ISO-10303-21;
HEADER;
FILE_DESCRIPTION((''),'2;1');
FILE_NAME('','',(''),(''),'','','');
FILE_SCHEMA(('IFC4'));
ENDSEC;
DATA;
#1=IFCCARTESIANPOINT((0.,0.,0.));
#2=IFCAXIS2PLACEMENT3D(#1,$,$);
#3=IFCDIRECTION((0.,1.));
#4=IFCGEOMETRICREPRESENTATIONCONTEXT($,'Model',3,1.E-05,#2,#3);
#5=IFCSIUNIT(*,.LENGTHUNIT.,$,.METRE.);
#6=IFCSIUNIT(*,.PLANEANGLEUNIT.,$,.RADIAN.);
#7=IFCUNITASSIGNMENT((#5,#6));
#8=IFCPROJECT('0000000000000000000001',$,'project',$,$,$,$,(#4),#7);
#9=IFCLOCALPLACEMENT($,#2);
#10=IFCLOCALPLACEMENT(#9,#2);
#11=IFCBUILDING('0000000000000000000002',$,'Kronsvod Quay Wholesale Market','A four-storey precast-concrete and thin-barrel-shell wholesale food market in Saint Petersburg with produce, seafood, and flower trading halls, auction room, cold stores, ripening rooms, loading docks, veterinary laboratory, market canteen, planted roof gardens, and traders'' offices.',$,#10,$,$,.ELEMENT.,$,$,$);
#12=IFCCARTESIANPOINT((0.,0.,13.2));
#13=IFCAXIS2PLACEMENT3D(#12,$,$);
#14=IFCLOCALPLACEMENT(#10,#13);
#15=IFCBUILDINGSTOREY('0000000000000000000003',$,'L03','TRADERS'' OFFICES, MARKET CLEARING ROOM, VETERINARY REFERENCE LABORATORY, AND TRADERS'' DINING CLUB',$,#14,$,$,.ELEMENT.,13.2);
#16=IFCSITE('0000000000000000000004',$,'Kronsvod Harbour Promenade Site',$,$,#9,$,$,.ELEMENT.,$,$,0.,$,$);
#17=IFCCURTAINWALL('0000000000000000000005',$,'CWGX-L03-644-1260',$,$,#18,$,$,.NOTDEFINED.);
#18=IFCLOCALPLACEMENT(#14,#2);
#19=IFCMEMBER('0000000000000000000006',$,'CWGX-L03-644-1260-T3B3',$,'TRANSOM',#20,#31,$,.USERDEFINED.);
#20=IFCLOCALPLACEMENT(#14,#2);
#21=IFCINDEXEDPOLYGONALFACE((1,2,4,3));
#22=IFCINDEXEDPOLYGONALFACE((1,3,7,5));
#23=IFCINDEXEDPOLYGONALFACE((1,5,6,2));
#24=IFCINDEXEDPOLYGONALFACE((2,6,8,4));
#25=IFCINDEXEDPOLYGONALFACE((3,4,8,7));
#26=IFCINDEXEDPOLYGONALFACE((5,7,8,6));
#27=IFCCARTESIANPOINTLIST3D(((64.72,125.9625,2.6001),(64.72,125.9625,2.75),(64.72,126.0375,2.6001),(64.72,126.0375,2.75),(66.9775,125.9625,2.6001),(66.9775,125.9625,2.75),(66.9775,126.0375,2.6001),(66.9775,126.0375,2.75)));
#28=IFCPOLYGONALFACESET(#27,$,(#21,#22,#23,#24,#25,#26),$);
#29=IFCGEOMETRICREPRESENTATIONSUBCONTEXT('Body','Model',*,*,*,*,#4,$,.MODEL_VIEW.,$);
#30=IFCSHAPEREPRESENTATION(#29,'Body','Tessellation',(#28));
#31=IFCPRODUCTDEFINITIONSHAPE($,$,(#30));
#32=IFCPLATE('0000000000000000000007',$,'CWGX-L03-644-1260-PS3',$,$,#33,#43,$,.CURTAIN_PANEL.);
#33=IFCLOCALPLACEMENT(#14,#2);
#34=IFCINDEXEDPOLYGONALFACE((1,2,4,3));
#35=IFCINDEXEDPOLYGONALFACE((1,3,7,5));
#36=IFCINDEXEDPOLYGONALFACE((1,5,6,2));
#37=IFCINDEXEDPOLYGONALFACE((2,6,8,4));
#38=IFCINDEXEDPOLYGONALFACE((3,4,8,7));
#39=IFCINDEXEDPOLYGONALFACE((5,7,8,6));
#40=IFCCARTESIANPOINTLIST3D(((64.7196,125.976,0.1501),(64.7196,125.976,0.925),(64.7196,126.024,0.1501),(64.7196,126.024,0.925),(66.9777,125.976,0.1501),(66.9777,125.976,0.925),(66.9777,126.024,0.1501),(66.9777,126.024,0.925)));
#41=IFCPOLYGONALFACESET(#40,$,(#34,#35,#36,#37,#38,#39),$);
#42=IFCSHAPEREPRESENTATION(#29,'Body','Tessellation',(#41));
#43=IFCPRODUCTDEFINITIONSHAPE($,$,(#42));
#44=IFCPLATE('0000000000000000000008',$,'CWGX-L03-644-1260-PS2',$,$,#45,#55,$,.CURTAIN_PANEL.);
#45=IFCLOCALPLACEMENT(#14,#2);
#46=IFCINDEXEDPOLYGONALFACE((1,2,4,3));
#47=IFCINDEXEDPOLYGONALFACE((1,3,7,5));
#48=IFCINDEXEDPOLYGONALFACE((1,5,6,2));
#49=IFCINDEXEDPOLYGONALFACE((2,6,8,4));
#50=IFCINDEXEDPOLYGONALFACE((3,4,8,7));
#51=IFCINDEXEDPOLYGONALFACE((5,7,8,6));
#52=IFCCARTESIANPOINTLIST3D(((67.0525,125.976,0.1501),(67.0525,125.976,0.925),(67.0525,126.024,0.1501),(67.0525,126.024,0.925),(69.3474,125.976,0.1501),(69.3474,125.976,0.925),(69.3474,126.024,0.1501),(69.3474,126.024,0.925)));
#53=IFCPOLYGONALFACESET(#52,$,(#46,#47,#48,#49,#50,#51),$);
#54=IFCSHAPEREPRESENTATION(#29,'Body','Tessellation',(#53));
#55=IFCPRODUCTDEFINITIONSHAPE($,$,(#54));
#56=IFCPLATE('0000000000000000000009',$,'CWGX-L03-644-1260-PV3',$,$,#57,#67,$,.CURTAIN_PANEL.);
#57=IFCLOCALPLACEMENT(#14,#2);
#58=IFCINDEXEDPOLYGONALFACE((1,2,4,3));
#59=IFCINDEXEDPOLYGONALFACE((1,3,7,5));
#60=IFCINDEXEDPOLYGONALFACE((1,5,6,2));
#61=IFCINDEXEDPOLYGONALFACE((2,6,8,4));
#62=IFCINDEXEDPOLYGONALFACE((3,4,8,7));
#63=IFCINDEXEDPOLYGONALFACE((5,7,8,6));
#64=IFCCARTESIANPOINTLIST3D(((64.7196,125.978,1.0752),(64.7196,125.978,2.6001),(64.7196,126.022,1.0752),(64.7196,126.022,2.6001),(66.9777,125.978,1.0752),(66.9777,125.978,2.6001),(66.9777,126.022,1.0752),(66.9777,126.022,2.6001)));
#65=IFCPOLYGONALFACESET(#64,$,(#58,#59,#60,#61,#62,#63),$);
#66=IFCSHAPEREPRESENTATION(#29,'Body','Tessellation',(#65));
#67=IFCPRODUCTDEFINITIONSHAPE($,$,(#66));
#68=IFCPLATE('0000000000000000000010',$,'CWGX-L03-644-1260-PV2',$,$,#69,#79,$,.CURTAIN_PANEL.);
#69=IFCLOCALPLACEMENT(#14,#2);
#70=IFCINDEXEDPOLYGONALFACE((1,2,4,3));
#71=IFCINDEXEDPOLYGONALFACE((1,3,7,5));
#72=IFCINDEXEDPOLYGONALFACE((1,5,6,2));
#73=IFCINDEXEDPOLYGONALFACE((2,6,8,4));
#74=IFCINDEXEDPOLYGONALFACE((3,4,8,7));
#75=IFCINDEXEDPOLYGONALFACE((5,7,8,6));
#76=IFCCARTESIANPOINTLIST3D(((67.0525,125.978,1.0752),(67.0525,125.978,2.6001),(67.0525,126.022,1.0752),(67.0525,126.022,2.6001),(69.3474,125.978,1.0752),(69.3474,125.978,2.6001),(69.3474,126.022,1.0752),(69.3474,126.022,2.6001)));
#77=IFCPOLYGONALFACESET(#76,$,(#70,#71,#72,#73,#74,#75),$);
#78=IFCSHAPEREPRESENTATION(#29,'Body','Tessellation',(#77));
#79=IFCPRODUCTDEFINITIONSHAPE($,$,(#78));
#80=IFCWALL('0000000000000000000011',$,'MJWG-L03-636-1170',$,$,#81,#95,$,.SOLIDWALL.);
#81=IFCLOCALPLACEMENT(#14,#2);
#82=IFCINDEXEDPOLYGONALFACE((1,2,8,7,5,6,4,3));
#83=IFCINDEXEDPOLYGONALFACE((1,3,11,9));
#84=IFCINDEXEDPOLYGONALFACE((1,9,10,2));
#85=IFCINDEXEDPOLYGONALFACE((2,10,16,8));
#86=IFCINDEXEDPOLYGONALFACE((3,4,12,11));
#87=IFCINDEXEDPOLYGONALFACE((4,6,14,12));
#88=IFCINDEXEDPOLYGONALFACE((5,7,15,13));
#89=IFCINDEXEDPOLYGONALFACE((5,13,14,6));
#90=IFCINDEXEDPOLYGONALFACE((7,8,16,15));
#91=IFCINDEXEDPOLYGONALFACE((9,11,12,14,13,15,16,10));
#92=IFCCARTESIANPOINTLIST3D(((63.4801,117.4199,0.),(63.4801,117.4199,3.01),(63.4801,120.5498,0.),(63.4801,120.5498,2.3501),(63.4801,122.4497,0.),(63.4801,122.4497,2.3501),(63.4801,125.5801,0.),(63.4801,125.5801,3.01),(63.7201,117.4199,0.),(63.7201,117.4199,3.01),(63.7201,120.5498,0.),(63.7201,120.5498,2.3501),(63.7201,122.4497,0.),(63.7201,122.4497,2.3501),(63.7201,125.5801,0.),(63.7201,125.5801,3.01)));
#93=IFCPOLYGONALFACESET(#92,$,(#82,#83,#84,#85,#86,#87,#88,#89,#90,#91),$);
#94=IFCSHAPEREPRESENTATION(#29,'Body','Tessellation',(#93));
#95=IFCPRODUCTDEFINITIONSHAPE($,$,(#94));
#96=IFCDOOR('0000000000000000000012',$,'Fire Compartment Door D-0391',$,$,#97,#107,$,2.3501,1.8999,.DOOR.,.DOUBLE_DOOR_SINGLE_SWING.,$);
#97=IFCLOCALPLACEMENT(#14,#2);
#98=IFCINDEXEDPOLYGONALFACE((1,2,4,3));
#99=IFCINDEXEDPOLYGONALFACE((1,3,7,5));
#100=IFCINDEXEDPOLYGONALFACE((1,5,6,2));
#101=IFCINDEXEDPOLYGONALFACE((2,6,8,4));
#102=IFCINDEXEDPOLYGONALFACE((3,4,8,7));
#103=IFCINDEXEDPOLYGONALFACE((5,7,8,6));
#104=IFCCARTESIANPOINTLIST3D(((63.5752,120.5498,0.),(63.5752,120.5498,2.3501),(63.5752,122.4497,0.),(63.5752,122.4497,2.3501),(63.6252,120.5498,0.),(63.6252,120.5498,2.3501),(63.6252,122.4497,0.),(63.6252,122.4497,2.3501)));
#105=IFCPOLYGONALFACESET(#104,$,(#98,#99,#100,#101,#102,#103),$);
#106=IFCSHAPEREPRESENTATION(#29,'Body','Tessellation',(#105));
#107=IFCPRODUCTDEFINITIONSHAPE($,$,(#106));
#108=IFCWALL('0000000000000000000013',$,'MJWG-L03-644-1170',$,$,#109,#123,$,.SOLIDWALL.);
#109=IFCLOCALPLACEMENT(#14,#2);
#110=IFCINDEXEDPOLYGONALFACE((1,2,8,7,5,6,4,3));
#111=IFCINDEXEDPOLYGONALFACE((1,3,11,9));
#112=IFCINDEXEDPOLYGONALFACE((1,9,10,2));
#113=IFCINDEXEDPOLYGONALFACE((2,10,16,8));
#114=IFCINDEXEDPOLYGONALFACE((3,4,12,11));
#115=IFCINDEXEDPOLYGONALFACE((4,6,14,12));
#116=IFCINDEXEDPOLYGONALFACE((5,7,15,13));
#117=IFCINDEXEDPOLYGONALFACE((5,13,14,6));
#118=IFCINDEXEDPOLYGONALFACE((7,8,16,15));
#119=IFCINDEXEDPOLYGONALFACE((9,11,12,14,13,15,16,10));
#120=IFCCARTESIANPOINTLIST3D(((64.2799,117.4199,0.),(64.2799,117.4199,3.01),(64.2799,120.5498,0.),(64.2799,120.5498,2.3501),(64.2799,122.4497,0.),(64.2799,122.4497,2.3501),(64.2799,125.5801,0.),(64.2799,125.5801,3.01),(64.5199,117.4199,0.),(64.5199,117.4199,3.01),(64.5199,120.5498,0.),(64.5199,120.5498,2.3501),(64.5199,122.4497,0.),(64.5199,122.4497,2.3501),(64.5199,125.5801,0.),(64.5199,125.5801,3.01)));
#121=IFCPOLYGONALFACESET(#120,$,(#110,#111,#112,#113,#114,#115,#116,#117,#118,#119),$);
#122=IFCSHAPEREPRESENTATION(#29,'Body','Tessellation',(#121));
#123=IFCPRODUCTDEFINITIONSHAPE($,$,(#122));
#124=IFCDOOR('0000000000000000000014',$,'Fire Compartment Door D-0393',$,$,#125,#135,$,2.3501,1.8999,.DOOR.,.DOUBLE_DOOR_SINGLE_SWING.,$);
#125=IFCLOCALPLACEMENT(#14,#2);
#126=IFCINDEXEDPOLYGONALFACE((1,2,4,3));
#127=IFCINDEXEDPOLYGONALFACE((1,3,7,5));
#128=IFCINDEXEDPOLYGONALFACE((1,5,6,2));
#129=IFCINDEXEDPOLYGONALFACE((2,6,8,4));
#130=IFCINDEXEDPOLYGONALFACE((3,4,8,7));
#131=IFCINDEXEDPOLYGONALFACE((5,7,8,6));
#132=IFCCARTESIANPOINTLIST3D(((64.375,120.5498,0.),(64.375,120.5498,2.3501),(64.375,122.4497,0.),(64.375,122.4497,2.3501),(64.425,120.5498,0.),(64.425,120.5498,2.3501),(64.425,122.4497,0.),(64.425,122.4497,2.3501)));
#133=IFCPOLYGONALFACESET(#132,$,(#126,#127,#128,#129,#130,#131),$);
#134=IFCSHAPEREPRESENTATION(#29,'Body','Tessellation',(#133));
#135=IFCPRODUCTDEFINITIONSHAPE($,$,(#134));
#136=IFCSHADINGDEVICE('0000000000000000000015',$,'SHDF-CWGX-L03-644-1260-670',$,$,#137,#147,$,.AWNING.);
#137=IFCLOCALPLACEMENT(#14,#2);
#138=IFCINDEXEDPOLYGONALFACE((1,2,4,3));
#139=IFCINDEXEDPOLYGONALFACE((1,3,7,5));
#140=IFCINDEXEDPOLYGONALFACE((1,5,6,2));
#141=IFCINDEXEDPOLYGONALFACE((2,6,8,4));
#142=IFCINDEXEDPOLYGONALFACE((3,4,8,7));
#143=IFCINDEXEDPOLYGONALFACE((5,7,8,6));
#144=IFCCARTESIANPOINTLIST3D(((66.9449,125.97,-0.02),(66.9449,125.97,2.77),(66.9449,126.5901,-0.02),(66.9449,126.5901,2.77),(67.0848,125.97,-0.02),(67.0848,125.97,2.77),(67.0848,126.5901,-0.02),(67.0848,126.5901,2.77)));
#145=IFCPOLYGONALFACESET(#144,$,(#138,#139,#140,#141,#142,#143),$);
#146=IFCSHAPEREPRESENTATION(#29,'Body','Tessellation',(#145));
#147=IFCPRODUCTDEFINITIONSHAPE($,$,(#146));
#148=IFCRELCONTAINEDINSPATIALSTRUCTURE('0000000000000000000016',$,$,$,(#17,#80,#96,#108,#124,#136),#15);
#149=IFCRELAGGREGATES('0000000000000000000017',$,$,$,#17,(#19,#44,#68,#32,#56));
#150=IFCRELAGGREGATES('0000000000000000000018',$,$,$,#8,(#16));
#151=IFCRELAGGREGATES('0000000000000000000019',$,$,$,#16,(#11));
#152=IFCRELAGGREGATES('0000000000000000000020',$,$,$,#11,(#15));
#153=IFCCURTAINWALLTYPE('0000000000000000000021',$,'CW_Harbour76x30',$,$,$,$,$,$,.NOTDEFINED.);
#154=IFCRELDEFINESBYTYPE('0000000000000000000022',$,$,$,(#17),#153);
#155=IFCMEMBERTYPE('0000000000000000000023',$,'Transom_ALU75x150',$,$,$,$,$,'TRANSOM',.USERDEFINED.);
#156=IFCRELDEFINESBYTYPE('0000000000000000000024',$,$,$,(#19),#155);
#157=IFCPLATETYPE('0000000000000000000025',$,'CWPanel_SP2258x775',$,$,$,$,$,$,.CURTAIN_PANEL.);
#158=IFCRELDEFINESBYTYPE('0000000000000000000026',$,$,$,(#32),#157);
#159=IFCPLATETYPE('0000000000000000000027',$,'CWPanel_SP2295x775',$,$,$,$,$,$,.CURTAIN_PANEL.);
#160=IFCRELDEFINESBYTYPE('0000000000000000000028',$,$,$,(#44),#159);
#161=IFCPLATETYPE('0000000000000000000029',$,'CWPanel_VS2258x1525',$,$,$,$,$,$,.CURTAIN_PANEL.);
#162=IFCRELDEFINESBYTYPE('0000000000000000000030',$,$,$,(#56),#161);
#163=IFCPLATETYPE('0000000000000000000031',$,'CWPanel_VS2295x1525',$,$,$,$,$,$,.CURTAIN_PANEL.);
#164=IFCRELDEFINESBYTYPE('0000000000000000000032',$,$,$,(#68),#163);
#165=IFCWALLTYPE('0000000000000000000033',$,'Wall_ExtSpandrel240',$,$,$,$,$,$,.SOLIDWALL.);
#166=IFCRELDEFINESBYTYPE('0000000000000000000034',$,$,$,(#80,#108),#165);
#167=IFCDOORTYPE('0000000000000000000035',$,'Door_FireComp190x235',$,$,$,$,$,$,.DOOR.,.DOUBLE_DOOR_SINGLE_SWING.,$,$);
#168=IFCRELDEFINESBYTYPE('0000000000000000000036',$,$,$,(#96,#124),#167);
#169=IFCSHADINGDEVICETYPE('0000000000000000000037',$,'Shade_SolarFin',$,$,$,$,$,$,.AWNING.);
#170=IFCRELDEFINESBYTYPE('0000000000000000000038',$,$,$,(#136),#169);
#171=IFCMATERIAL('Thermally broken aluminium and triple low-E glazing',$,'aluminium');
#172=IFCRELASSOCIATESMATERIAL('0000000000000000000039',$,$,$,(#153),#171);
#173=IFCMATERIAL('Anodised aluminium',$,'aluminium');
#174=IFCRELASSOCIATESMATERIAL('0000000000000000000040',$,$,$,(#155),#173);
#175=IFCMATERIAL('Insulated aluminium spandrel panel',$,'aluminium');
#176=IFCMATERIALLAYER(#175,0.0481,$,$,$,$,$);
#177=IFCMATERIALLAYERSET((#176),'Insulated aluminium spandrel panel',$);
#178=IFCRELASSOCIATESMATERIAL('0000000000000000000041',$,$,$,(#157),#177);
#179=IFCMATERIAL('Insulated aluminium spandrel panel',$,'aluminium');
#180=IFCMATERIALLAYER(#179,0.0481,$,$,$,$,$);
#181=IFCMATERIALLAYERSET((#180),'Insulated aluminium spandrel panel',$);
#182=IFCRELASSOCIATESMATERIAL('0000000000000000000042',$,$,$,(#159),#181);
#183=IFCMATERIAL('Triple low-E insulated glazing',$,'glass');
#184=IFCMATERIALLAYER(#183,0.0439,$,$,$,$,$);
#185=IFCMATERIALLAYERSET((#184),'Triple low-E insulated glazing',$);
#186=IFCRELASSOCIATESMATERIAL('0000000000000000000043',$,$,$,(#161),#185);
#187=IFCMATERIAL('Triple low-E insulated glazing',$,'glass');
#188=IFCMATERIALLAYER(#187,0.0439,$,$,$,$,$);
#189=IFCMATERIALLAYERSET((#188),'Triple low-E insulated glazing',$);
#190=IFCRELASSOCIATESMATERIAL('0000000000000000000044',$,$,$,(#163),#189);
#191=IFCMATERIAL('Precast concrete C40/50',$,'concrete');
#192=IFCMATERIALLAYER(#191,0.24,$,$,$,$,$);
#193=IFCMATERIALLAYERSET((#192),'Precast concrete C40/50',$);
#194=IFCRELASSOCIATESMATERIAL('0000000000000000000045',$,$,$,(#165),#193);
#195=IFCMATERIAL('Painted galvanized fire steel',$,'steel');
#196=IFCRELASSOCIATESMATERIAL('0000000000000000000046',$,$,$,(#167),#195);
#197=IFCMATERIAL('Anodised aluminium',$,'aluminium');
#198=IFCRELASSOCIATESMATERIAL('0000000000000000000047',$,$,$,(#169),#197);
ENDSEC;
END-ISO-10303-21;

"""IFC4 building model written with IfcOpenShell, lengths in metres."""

from ifc_helpers import new_model, si_unit, direction, frame, frame_2d, origin, origin_2d, place, context, subcontext, project, spatial, rectangle, extrude, material, layer, layer_set, material_profile, profile_set, type_object, element, fill, aggregate, save


model = new_model("IFC4")

# Units and contexts
model_context = context("Model", 3, precision=1e-05, world=origin(), true_north=direction((0.0, 1.0)))
body_context = subcontext(model_context, "Body", "Model", "MODEL_VIEW")
ifc_project = project(units=[si_unit("LENGTHUNIT", "METRE"), si_unit("PLANEANGLEUNIT", "RADIAN")], contexts=[model_context])

# Site, building, storey
site_placement = place(None, origin())
site = spatial("IfcSite", under=ifc_project, at=site_placement, Name="Kronsvod Harbour Promenade Site", CompositionType="ELEMENT", RefElevation=0.0)
building_placement = place(site_placement, origin())
building = spatial("IfcBuilding", under=site, at=building_placement, Name="Kronsvod Quay Wholesale Market", Description="A four-storey precast-concrete and thin-barrel-shell wholesale food market in Saint Petersburg with produce, seafood, and flower trading halls, auction room, cold stores, ripening rooms, loading docks, veterinary laboratory, market canteen, planted roof gardens, and traders' offices.", CompositionType="ELEMENT")
storey_placement = place(building_placement, frame((0.0, 0.0, 13.2)))
storey = spatial("IfcBuildingStorey", under=building, at=storey_placement, Name="L03", Description="TRADERS' OFFICES, MARKET CLEARING ROOM, VETERINARY REFERENCE LABORATORY, AND TRADERS' DINING CLUB", CompositionType="ELEMENT", Elevation=13.2)

# Shared definitions
ifc_material_1 = material(Name="Thermally broken aluminium and triple low-E glazing", Category="aluminium")
curtain_wall_type = type_object("IfcCurtainWallType", Name="CW_Harbour76x30", PredefinedType="NOTDEFINED", material=ifc_material_1)

# Curtain wall
curtain_wall_1_placement = place(storey_placement, origin())
curtain_wall_1 = element("IfcCurtainWall", 1, at=curtain_wall_1_placement, inside=storey, type_object=curtain_wall_type, Name="CWGX-L03-644-1260", PredefinedType="NOTDEFINED")

# Member
ifc_material_2 = material(Name="Anodised aluminium", Category="aluminium")
ifc_material_profile_1 = material_profile(ifc_material_2, rectangle(XDim=0.075, YDim=0.1499, at=origin_2d()), Name="ALUT75x150")
ifc_profile_set_1 = profile_set([ifc_material_profile_1], Name="Anodised aluminium")
member_type_1 = type_object("IfcMemberType", Name="Transom_ALU75x150", ElementType="TRANSOM", PredefinedType="USERDEFINED", material=ifc_profile_set_1)
member_1_placement = place(storey_placement, frame((66.9775, 126.0, 2.675), z_axis=(-1.0, 0.0, 0.0), x_axis=(0.0, -1.0, 0.0)))
member_1 = element("IfcMember", 2, at=member_1_placement, type_object=member_type_1, Name="CWGX-L03-644-1260-T3B3", ObjectType="TRANSOM", PredefinedType="USERDEFINED", context=body_context, shape_type="SweptSolid", body=[
    extrude(rectangle(XDim=0.075, YDim=0.1499, at=origin_2d()), origin(), (0.0, 0.0, 1.0), 2.2576),
])

# Plates
ifc_material_3 = material(Name="Insulated aluminium spandrel panel", Category="aluminium")
ifc_layer_1 = layer(ifc_material_3, 0.0481)
ifc_layer_set_1 = layer_set([ifc_layer_1], Name="Insulated aluminium spandrel panel")
plate_type_1 = type_object("IfcPlateType", Name="CWPanel_SP2258x775", PredefinedType="CURTAIN_PANEL", material=ifc_layer_set_1)
plate_1_placement = place(storey_placement, frame((65.8486, 126.0, 0.1501), z_axis=(0.0, 0.0, 1.0), x_axis=(-1.0, 0.0, 0.0)))
plate_1 = element("IfcPlate", 3, at=plate_1_placement, type_object=plate_type_1, Name="CWGX-L03-644-1260-PS3", PredefinedType="CURTAIN_PANEL", context=body_context, shape_type="SweptSolid", body=[
    extrude(rectangle(XDim=2.2581, YDim=0.0481, at=origin_2d()), origin(), (0.0, 0.0, 1.0), 0.7749),
])
ifc_material_4 = material(Name="Insulated aluminium spandrel panel", Category="aluminium")
ifc_layer_2 = layer(ifc_material_4, 0.0481)
ifc_layer_set_2 = layer_set([ifc_layer_2], Name="Insulated aluminium spandrel panel")
plate_type_2 = type_object("IfcPlateType", Name="CWPanel_SP2295x775", PredefinedType="CURTAIN_PANEL", material=ifc_layer_set_2)
plate_2_placement = place(storey_placement, frame((68.2, 126.0, 0.1501), z_axis=(0.0, 0.0, 1.0), x_axis=(-1.0, 0.0, 0.0)))
plate_2 = element("IfcPlate", 4, at=plate_2_placement, type_object=plate_type_2, Name="CWGX-L03-644-1260-PS2", PredefinedType="CURTAIN_PANEL", context=body_context, shape_type="SweptSolid", body=[
    extrude(rectangle(XDim=2.2949, YDim=0.0481, at=origin_2d()), origin(), (0.0, 0.0, 1.0), 0.7749),
])
ifc_material_5 = material(Name="Triple low-E insulated glazing", Category="glass")
ifc_layer_3 = layer(ifc_material_5, 0.0439)
ifc_layer_set_3 = layer_set([ifc_layer_3], Name="Triple low-E insulated glazing")
plate_type_3 = type_object("IfcPlateType", Name="CWPanel_VS2258x1525", PredefinedType="CURTAIN_PANEL", material=ifc_layer_set_3)
plate_3_placement = place(storey_placement, frame((65.8486, 126.0, 1.0752), z_axis=(0.0, 0.0, 1.0), x_axis=(-1.0, 0.0, 0.0)))
plate_3 = element("IfcPlate", 5, at=plate_3_placement, type_object=plate_type_3, Name="CWGX-L03-644-1260-PV3", PredefinedType="CURTAIN_PANEL", context=body_context, shape_type="SweptSolid", body=[
    extrude(rectangle(XDim=2.2581, YDim=0.0439, at=origin_2d()), origin(), (0.0, 0.0, 1.0), 1.5249),
])
ifc_material_6 = material(Name="Triple low-E insulated glazing", Category="glass")
ifc_layer_4 = layer(ifc_material_6, 0.0439)
ifc_layer_set_4 = layer_set([ifc_layer_4], Name="Triple low-E insulated glazing")
plate_type_4 = type_object("IfcPlateType", Name="CWPanel_VS2295x1525", PredefinedType="CURTAIN_PANEL", material=ifc_layer_set_4)
plate_4_placement = place(storey_placement, frame((68.2, 126.0, 1.0752), z_axis=(0.0, 0.0, 1.0), x_axis=(-1.0, 0.0, 0.0)))
plate_4 = element("IfcPlate", 6, at=plate_4_placement, type_object=plate_type_4, Name="CWGX-L03-644-1260-PV2", PredefinedType="CURTAIN_PANEL", context=body_context, shape_type="SweptSolid", body=[
    extrude(rectangle(XDim=2.2949, YDim=0.0439, at=origin_2d()), origin(), (0.0, 0.0, 1.0), 1.5249),
])
aggregate(curtain_wall_1, [member_1, plate_2, plate_4, plate_1, plate_3])

# Walls, openings, doors
ifc_material_7 = material(Name="Precast concrete C40/50", Category="concrete")
ifc_layer_5 = layer(ifc_material_7, 0.24)
ifc_layer_set_5 = layer_set([ifc_layer_5], Name="Precast concrete C40/50")
wall_type = type_object("IfcWallType", Name="Wall_ExtSpandrel240", PredefinedType="SOLIDWALL", material=ifc_layer_set_5)
wall_1_placement = place(storey_placement, frame((63.6001, 117.4199, 0.0), z_axis=(0.0, 0.0, 1.0), x_axis=(0.0, 1.0, 0.0)))
wall_1 = element("IfcWall", 7, at=wall_1_placement, inside=storey, type_object=wall_type, Name="MJWG-L03-636-1170", PredefinedType="SOLIDWALL", context=body_context, shape_type="SweptSolid", body=[
    extrude(rectangle(XDim=8.1602, YDim=0.24, at=frame_2d((4.0801, 0.0))), origin(), (0.0, 0.0, 1.0), 3.01),
])
opening_1_placement = place(wall_1_placement, frame((3.1299, 0.0, 0.0)))
opening_1 = element("IfcOpeningElement", 8, at=opening_1_placement, cuts=wall_1, PredefinedType="OPENING", context=body_context, shape_type="SweptSolid", body=[
    extrude(rectangle(XDim=1.8999, YDim=2.3501, at=frame_2d((0.95, 1.175))), frame((0.0, 0.1299, 0.0), z_axis=(0.0, -1.0, 0.0), x_axis=(1.0, 0.0, 0.0)), (0.0, 0.0, 1.0), 0.26),
])
ifc_material_8 = material(Name="Painted galvanized fire steel", Category="steel")
door_type = type_object("IfcDoorType", Name="Door_FireComp190x235", OperationType="DOUBLE_DOOR_SINGLE_SWING", PredefinedType="DOOR", material=ifc_material_8)
door_1_placement = place(opening_1_placement, origin())
door_1 = element("IfcDoor", 9, at=door_1_placement, inside=storey, type_object=door_type, Name="Fire Compartment Door D-0391", OperationType="DOUBLE_DOOR_SINGLE_SWING", OverallHeight=2.3501, OverallWidth=1.8999, PredefinedType="DOOR", context=body_context, shape_type="SweptSolid", body=[
    extrude(rectangle(XDim=1.8999, YDim=2.3501, at=frame_2d((0.95, 1.175))), frame((0.0, 0.0249, 0.0), z_axis=(0.0, -1.0, 0.0), x_axis=(1.0, 0.0, 0.0)), (0.0, 0.0, 1.0), 0.05),
])
fill(opening_1, door_1)
wall_2_placement = place(storey_placement, frame((64.3999, 117.4199, 0.0), z_axis=(0.0, 0.0, 1.0), x_axis=(0.0, 1.0, 0.0)))
wall_2 = element("IfcWall", 10, at=wall_2_placement, inside=storey, type_object=wall_type, Name="MJWG-L03-644-1170", PredefinedType="SOLIDWALL", context=body_context, shape_type="SweptSolid", body=[
    extrude(rectangle(XDim=8.1602, YDim=0.24, at=frame_2d((4.0801, 0.0))), origin(), (0.0, 0.0, 1.0), 3.01),
])
opening_2_placement = place(wall_2_placement, frame((3.1299, 0.0, 0.0)))
opening_2 = element("IfcOpeningElement", 11, at=opening_2_placement, cuts=wall_2, PredefinedType="OPENING", context=body_context, shape_type="SweptSolid", body=[
    extrude(rectangle(XDim=1.8999, YDim=2.3501, at=frame_2d((0.95, 1.175))), frame((0.0, 0.1299, 0.0), z_axis=(0.0, -1.0, 0.0), x_axis=(1.0, 0.0, 0.0)), (0.0, 0.0, 1.0), 0.26),
])
door_2_placement = place(opening_2_placement, origin())
door_2 = element("IfcDoor", 12, at=door_2_placement, inside=storey, type_object=door_type, Name="Fire Compartment Door D-0393", OperationType="DOUBLE_DOOR_SINGLE_SWING", OverallHeight=2.3501, OverallWidth=1.8999, PredefinedType="DOOR", context=body_context, shape_type="SweptSolid", body=[
    extrude(rectangle(XDim=1.8999, YDim=2.3501, at=frame_2d((0.95, 1.175))), frame((0.0, 0.0249, 0.0), z_axis=(0.0, -1.0, 0.0), x_axis=(1.0, 0.0, 0.0)), (0.0, 0.0, 1.0), 0.05),
])
fill(opening_2, door_2)

# Shading device
ifc_material_9 = material(Name="Anodised aluminium", Category="aluminium")
shading_device_type = type_object("IfcShadingDeviceType", Name="Shade_SolarFin", PredefinedType="AWNING", material=ifc_material_9)
shading_device_placement = place(storey_placement, frame((67.0149, 126.28, -0.02), z_axis=(0.0, 0.0, 1.0), x_axis=(1.0, 0.0, 0.0)))
element("IfcShadingDevice", 13, at=shading_device_placement, inside=storey, type_object=shading_device_type, Name="SHDF-CWGX-L03-644-1260-670", PredefinedType="AWNING", context=body_context, shape_type="SweptSolid", body=[
    extrude(rectangle(XDim=0.1399, YDim=0.6201, at=origin_2d()), origin(), (0.0, 0.0, 1.0), 2.79),
])

save(model, "model.ifc")
